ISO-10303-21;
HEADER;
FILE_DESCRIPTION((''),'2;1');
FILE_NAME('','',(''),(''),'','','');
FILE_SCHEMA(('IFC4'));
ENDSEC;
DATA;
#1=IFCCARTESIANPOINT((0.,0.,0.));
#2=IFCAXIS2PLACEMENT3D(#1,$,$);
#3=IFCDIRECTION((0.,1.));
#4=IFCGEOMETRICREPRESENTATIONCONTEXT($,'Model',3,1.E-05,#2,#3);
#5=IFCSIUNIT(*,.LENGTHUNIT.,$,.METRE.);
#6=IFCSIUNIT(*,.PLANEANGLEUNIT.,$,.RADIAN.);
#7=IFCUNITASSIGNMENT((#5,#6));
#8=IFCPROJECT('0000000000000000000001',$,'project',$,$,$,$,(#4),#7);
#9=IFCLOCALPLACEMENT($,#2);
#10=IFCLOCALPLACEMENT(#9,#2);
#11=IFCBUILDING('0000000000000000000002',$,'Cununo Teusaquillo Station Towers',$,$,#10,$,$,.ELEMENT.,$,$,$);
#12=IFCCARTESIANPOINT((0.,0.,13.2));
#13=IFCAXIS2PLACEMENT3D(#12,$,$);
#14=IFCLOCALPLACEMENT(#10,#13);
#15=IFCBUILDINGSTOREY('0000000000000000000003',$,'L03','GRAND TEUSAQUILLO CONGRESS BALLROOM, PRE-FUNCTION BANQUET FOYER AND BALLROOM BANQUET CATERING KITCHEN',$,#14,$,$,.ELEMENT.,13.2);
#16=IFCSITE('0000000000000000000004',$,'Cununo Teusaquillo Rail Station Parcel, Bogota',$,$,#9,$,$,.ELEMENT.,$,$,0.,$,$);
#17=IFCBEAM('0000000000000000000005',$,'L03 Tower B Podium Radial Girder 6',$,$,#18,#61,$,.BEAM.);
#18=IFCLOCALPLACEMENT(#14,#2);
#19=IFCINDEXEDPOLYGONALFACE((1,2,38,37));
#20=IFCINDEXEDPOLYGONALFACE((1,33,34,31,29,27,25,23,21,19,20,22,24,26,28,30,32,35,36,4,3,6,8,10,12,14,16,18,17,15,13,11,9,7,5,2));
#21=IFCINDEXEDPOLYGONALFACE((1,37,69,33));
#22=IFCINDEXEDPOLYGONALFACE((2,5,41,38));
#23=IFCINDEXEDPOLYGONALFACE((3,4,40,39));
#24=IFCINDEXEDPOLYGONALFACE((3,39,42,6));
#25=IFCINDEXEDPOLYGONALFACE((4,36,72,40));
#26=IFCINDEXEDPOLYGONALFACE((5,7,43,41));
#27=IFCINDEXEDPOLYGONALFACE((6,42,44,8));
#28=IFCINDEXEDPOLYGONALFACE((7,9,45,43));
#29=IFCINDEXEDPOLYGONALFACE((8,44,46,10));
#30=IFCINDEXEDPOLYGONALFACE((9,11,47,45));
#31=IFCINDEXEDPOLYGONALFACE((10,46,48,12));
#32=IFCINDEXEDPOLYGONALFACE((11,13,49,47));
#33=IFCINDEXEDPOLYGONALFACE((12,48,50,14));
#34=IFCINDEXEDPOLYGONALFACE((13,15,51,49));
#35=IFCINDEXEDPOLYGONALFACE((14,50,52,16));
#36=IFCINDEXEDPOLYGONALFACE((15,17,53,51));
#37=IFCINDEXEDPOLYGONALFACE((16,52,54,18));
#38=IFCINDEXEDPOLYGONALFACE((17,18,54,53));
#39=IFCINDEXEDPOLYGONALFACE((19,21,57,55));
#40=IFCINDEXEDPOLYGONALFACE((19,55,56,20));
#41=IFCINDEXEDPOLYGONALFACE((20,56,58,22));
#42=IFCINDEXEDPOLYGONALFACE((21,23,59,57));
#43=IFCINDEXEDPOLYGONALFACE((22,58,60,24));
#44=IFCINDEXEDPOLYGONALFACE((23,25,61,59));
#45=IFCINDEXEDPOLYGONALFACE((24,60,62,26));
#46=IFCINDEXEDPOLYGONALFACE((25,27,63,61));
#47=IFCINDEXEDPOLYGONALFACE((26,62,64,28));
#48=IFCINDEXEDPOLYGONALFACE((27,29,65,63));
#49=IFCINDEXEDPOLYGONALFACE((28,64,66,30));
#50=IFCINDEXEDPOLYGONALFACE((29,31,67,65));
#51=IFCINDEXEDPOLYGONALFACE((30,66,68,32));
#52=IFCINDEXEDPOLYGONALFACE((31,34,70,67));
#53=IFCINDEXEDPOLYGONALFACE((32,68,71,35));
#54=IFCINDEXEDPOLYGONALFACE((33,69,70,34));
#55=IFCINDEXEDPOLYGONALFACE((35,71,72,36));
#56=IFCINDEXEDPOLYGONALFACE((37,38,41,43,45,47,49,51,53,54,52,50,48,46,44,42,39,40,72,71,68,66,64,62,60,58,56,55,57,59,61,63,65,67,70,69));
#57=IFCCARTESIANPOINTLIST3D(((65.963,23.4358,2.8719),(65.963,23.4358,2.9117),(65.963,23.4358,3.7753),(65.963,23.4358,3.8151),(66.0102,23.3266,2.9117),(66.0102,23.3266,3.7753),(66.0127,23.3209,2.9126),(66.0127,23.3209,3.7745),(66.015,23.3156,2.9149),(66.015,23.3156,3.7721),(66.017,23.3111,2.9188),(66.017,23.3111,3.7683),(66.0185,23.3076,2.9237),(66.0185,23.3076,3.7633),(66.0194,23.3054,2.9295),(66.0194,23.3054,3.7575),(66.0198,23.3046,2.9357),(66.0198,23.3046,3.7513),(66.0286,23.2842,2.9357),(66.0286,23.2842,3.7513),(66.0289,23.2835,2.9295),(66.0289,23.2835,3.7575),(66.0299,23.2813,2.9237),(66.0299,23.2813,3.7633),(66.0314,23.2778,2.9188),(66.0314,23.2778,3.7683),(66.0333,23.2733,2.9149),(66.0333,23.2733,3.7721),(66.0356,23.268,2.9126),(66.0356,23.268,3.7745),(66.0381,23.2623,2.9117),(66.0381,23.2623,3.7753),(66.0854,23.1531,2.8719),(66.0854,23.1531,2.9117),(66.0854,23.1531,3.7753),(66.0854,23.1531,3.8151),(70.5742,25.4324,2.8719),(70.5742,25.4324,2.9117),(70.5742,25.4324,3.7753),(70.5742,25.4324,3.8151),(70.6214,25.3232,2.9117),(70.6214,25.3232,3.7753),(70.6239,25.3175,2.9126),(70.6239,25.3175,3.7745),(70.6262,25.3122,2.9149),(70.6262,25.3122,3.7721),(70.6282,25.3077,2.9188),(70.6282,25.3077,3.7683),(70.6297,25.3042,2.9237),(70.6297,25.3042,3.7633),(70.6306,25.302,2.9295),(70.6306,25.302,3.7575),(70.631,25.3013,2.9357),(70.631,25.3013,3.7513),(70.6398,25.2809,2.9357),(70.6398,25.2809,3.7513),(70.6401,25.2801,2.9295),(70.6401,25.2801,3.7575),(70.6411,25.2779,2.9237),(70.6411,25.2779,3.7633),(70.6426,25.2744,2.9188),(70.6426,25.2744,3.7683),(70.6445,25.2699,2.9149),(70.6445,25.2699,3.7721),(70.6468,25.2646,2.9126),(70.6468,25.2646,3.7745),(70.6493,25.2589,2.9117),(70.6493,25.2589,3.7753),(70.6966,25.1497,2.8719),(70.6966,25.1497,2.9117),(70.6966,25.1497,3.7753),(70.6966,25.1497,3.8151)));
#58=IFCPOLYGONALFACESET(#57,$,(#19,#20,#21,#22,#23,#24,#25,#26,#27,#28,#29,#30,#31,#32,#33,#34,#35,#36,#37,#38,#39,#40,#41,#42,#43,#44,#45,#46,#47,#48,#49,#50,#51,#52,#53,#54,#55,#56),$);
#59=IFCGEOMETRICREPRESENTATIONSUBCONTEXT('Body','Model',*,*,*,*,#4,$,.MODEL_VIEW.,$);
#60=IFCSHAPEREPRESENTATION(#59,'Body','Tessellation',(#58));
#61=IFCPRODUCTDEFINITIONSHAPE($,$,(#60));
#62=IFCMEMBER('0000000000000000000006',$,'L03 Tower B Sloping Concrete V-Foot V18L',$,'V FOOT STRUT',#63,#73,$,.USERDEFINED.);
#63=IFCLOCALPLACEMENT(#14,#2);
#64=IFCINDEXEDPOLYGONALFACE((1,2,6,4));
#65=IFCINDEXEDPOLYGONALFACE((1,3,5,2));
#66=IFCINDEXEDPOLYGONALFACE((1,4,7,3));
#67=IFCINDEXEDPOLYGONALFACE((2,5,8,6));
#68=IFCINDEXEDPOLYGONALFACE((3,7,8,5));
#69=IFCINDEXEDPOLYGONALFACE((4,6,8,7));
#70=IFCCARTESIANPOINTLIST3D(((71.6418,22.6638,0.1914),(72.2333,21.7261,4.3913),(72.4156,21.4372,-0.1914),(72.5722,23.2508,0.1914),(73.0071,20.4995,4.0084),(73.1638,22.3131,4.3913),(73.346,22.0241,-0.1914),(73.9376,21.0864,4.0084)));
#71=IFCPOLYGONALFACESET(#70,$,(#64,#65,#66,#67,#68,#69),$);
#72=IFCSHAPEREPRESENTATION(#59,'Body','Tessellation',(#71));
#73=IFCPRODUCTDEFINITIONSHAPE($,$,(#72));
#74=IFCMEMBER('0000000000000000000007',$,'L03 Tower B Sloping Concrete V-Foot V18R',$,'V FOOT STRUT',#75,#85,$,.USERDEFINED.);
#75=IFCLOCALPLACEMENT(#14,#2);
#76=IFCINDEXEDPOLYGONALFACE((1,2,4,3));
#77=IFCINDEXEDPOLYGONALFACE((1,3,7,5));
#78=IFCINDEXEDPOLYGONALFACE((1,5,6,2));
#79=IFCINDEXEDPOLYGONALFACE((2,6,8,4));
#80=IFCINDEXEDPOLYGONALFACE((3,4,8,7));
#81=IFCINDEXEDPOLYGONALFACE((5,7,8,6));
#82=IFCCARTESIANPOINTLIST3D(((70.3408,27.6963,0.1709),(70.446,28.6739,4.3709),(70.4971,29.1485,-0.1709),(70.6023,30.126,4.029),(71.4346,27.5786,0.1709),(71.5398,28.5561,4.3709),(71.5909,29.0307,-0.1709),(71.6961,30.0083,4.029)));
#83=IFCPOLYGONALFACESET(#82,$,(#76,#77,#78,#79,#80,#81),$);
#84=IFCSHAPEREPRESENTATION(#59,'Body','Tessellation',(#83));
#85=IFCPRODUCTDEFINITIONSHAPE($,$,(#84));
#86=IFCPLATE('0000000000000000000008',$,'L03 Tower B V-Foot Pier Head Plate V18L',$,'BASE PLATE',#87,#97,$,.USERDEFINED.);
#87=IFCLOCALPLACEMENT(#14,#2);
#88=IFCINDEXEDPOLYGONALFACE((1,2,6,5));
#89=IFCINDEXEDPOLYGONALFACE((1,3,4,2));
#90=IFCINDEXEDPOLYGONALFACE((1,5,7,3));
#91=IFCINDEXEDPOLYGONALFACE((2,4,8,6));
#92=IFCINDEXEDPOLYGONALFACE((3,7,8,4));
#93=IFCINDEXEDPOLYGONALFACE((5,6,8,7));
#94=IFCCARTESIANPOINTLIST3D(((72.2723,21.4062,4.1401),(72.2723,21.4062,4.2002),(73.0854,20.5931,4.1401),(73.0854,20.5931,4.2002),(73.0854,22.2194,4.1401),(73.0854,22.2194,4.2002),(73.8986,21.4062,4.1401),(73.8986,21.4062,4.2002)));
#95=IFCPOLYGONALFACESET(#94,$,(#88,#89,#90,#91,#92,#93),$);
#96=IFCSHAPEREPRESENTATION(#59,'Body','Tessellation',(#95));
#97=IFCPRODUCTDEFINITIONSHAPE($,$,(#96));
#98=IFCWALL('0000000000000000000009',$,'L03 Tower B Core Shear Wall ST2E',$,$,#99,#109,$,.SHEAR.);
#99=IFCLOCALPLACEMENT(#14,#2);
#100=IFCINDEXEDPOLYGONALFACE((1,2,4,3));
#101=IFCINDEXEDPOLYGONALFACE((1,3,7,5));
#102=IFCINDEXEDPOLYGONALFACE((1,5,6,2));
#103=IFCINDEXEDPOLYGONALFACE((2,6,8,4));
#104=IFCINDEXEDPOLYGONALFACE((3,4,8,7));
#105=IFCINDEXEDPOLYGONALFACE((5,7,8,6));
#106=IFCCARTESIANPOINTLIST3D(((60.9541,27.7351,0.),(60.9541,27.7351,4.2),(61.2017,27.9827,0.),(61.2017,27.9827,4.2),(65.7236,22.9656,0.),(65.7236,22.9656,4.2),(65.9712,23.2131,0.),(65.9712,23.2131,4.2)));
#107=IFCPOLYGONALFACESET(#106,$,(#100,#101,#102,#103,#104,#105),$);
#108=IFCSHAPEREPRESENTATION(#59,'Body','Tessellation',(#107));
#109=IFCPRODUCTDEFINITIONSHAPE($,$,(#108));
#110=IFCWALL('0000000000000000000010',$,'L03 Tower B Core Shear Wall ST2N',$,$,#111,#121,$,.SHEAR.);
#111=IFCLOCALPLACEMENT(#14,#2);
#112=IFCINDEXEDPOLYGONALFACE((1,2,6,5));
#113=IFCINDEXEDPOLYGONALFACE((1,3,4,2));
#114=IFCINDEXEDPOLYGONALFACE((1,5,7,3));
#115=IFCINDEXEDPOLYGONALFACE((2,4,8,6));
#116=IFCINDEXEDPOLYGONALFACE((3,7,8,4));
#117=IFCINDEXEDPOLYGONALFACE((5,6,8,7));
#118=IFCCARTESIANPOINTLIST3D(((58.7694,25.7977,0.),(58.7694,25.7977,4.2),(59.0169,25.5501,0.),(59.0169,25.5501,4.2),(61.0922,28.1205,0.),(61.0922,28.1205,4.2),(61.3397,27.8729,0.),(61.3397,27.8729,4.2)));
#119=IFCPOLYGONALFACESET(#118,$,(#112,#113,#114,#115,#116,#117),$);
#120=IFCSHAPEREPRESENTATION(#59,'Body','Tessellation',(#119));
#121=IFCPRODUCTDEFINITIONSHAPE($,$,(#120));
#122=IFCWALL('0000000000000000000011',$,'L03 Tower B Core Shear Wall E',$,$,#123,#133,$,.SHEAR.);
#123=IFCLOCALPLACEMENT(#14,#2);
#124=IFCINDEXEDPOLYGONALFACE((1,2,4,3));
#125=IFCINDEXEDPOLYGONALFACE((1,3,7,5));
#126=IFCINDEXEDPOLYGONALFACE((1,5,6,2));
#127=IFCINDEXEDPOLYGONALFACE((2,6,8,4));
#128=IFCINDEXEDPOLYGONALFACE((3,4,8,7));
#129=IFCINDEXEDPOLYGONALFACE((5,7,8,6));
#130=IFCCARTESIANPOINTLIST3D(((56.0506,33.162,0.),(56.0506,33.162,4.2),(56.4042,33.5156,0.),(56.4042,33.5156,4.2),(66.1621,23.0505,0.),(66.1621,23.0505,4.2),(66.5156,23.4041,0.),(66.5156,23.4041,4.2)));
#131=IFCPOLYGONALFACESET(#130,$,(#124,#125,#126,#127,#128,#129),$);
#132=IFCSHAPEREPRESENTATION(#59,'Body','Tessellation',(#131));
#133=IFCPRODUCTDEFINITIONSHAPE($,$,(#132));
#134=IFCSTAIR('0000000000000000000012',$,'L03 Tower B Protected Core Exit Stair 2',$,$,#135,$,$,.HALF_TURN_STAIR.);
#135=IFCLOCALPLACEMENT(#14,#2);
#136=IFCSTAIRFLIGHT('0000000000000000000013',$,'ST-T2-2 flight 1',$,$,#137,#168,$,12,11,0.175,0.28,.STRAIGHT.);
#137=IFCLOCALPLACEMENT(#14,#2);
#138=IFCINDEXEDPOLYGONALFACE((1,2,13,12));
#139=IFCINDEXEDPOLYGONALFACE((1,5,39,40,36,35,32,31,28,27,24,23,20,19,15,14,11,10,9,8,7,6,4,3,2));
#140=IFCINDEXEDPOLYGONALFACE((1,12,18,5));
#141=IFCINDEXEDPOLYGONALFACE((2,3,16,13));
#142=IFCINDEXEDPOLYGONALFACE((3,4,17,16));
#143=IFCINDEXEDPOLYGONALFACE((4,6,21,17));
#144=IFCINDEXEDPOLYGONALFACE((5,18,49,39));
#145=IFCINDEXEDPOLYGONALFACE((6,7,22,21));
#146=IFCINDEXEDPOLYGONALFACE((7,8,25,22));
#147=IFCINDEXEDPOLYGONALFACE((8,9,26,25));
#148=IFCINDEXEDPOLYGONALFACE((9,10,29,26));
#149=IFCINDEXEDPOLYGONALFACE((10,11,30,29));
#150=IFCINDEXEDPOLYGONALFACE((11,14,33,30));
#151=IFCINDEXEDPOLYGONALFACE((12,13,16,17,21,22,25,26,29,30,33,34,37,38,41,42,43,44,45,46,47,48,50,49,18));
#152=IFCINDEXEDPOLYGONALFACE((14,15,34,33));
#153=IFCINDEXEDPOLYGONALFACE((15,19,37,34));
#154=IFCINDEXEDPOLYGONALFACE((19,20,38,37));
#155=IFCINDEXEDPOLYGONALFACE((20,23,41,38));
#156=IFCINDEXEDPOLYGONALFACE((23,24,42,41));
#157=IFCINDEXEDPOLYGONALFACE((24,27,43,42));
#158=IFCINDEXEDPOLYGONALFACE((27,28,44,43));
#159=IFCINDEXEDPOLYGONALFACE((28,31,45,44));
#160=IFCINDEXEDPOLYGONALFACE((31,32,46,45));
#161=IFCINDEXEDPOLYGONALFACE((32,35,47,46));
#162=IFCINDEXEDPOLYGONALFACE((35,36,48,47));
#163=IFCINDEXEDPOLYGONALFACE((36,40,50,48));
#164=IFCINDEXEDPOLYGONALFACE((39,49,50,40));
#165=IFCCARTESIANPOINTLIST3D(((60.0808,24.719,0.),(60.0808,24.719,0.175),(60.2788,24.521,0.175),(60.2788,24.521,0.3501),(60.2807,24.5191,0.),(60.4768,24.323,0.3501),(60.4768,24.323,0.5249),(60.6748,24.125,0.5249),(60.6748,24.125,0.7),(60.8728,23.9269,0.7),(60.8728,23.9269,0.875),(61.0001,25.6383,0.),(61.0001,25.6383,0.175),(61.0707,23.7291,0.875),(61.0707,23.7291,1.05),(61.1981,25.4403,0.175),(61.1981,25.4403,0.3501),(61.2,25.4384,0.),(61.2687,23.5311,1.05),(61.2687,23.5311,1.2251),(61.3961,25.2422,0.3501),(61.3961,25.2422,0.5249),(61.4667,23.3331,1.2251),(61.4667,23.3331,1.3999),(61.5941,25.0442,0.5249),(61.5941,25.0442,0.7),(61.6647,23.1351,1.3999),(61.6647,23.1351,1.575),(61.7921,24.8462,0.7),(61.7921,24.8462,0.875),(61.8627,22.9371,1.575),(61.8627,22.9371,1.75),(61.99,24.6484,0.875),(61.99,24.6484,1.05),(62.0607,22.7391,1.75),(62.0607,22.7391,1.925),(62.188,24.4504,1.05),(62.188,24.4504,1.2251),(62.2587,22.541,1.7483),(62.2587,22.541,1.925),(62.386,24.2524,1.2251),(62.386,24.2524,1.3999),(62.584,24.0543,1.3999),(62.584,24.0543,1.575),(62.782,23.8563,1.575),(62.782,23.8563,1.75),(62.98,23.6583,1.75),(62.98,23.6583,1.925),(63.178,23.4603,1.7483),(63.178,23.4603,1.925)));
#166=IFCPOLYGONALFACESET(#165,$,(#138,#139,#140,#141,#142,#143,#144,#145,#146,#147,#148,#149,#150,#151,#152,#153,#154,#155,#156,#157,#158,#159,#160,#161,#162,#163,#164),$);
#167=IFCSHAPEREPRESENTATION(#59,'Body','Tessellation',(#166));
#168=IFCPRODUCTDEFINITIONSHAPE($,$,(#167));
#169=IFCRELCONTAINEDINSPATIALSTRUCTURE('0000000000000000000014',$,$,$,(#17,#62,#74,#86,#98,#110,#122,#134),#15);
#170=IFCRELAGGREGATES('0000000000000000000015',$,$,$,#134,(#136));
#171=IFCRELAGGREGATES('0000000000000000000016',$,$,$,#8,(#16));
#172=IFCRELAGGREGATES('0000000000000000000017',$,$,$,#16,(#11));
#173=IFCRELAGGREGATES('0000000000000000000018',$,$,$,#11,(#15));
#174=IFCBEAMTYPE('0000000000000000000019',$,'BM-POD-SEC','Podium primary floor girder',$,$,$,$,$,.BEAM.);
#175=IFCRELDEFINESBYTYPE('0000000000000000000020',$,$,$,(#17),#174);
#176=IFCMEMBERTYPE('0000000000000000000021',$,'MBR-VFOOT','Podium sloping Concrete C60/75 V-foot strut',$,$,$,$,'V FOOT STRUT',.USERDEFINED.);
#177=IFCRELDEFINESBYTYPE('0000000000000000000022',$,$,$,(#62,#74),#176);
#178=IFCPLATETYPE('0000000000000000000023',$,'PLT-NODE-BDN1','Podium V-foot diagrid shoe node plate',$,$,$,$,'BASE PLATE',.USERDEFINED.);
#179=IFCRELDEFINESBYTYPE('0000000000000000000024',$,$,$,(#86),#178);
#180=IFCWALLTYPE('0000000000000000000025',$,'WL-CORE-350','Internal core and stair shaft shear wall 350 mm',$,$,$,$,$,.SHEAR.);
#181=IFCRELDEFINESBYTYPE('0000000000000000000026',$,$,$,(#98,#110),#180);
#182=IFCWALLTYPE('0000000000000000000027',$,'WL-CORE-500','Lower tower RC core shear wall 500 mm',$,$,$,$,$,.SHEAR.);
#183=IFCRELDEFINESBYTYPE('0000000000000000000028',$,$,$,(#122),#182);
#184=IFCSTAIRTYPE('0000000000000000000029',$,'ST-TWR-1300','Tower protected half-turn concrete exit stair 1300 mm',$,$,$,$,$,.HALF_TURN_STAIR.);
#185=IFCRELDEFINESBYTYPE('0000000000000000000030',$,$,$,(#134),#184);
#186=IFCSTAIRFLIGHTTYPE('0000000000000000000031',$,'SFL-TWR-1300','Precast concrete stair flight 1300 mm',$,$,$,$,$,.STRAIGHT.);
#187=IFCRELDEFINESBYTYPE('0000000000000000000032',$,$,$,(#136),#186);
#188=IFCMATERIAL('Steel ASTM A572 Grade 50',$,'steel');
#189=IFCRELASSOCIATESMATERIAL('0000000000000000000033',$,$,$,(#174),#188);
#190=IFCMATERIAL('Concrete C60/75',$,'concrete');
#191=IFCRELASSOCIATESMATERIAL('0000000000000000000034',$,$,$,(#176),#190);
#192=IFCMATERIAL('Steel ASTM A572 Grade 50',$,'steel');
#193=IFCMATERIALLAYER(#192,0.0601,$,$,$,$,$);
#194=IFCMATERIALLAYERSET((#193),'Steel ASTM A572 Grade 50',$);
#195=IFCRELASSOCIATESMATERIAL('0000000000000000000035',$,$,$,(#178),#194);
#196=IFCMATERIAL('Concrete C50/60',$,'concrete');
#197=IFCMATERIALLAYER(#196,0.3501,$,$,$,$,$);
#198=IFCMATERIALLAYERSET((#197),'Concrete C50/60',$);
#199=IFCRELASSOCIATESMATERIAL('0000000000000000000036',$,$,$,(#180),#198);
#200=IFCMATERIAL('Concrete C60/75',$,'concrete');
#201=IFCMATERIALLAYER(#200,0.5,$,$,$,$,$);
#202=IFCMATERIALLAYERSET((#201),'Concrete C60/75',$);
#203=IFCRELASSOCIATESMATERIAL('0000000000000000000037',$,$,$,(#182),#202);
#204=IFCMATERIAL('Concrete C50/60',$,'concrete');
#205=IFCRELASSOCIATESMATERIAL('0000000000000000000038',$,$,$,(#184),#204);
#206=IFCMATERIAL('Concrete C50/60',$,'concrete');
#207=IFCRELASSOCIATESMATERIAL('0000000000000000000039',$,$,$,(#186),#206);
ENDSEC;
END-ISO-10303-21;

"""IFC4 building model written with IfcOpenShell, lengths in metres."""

from ifc_helpers import new_model, si_unit, direction, frame, frame_2d, origin, origin_2d, place, context, subcontext, project, spatial, polyline, rectangle, i_section, outline, extrude, source, transform, mapped, material, layer, layer_set, material_profile, profile_set, type_object, element, aggregate, save


model = new_model("IFC4")

# Units and contexts
model_context = context("Model", 3, precision=1e-05, world=origin(), true_north=direction((0.0, 1.0)))
body_context = subcontext(model_context, "Body", "Model", "MODEL_VIEW")
ifc_project = project(units=[si_unit("LENGTHUNIT", "METRE"), si_unit("PLANEANGLEUNIT", "RADIAN")], contexts=[model_context])

# Site, building, storey
site_placement = place(None, origin())
site = spatial("IfcSite", under=ifc_project, at=site_placement, Name="Cununo Teusaquillo Rail Station Parcel, Bogota", CompositionType="ELEMENT", RefElevation=0.0)
building_placement = place(site_placement, origin())
building = spatial("IfcBuilding", under=site, at=building_placement, Name="Cununo Teusaquillo Station Towers", CompositionType="ELEMENT")
storey_placement = place(building_placement, frame((0.0, 0.0, 13.2)))
storey = spatial("IfcBuildingStorey", under=building, at=storey_placement, Name="L03", Description="GRAND TEUSAQUILLO CONGRESS BALLROOM, PRE-FUNCTION BANQUET FOYER AND BALLROOM BANQUET CATERING KITCHEN", CompositionType="ELEMENT", Elevation=13.2)

# Beam
ifc_material_1 = material(Name="Steel ASTM A572 Grade 50", Category="steel")
ifc_material_profile_1 = material_profile(ifc_material_1, i_section(OverallWidth=0.3081, OverallDepth=0.9431, WebThickness=0.0222, FlangeThickness=0.0398, FilletRadius=0.0239, at=origin_2d()), Name="W36X232")
ifc_profile_set_1 = profile_set([ifc_material_profile_1], Name="Steel ASTM A572 Grade 50")
beam_type_1 = type_object("IfcBeamType", Name="BM-POD-SEC", Description="Podium primary floor girder", PredefinedType="BEAM", material=ifc_profile_set_1)
beam_1_placement = place(storey_placement, frame((66.0242, 23.2944, 3.3435), z_axis=(0.917668, 0.397347, 0.0), x_axis=(-0.397347, 0.917668, 0.0)))
element("IfcBeam", 1, at=beam_1_placement, inside=storey, type_object=beam_type_1, Name="L03 Tower B Podium Radial Girder 6", PredefinedType="BEAM", context=body_context, shape_type="SweptSolid", body=[
    extrude(i_section(OverallWidth=0.3081, OverallDepth=0.9431, WebThickness=0.0222, FlangeThickness=0.0398, FilletRadius=0.0239, at=origin_2d()), origin(), (0.0, 0.0, 1.0), 5.0249),
])

# Members
ifc_material_2 = material(Name="Concrete C60/75", Category="concrete")
ifc_material_profile_2 = material_profile(ifc_material_2, rectangle(XDim=1.1001, YDim=1.5, at=origin_2d()), Name="RC-RECT-1500x1100")
ifc_profile_set_2 = profile_set([ifc_material_profile_2], Name="Concrete C60/75")
member_type = type_object("IfcMemberType", Name="MBR-VFOOT", Description="Podium sloping Concrete C60/75 V-foot strut", ElementType="V FOOT STRUT", PredefinedType="USERDEFINED", material=ifc_profile_set_2)
member_1_placement = place(storey_placement, frame((72.4939, 22.344, 0.0), z_axis=(0.136182, -0.215879, 0.966877), x_axis=(0.845777, 0.533537, 0.0)))
element("IfcMember", 2, at=member_1_placement, inside=storey, type_object=member_type, Name="L03 Tower B Sloping Concrete V-Foot V18L", ObjectType="V FOOT STRUT", PredefinedType="USERDEFINED", context=body_context, shape_type="SweptSolid", body=[
    extrude(rectangle(XDim=1.1001, YDim=1.5, at=origin_2d()), origin(), (0.0, 0.0, 1.0), 4.3438),
])
member_2_placement = place(storey_placement, frame((70.9658, 28.3635, 0.0), z_axis=(0.024394, 0.226623, 0.973677), x_axis=(-0.994256, 0.107024, 0.0)))
element("IfcMember", 3, at=member_2_placement, inside=storey, type_object=member_type, Name="L03 Tower B Sloping Concrete V-Foot V18R", ObjectType="V FOOT STRUT", PredefinedType="USERDEFINED", context=body_context, shape_type="SweptSolid", body=[
    extrude(rectangle(XDim=1.1001, YDim=1.5, at=origin_2d()), origin(), (0.0, 0.0, 1.0), 4.3135),
])

# Plate
ifc_material_3 = material(Name="Steel ASTM A572 Grade 50", Category="steel")
ifc_layer_1 = layer(ifc_material_3, 0.0601)
ifc_layer_set_1 = layer_set([ifc_layer_1], Name="Steel ASTM A572 Grade 50")
plate_type = type_object("IfcPlateType", Name="PLT-NODE-BDN1", Description="Podium V-foot diagrid shoe node plate", ElementType="BASE PLATE", PredefinedType="USERDEFINED", material=ifc_layer_set_1)
shared_shape = source(origin(), body_context, "Body", "SweptSolid", [
    extrude(rectangle(XDim=1.1499, YDim=1.1499, at=origin_2d()), origin(), (0.0, 0.0, 1.0), 0.0601),
])
plate_placement = place(storey_placement, frame((73.0854, 21.4062, 4.1401), z_axis=(0.0, 0.0, 1.0), x_axis=(0.707107, 0.707107, 0.0)))
element("IfcPlate", 4, at=plate_placement, inside=storey, type_object=plate_type, Name="L03 Tower B V-Foot Pier Head Plate V18L", ObjectType="BASE PLATE", PredefinedType="USERDEFINED", context=body_context, shape_type="MappedRepresentation", body=[
    mapped(shared_shape, transform((0.0, 0.0, 0.0), x_axis=(1.0, 0.0, 0.0), y_axis=(0.0, 1.0, 0.0), z_axis=(0.0, 0.0, 1.0), scale=1.0)),
])

# Walls
ifc_material_4 = material(Name="Concrete C50/60", Category="concrete")
ifc_layer_2 = layer(ifc_material_4, 0.3501)
ifc_layer_set_2 = layer_set([ifc_layer_2], Name="Concrete C50/60")
wall_type_1 = type_object("IfcWallType", Name="WL-CORE-350", Description="Internal core and stair shaft shear wall 350 mm", PredefinedType="SHEAR", material=ifc_layer_set_2)
wall_1_placement = place(storey_placement, frame((65.8474, 23.0894, 0.0), z_axis=(0.0, 0.0, 1.0), x_axis=(-0.707107, 0.707107, 0.0)))
element("IfcWall", 5, at=wall_1_placement, inside=storey, type_object=wall_type_1, Name="L03 Tower B Core Shear Wall ST2E", PredefinedType="SHEAR", context=body_context, shape_type="SweptSolid", body=[
    extrude(rectangle(XDim=6.7451, YDim=0.3501, at=frame_2d((3.3726, 0.0))), origin(), (0.0, 0.0, 1.0), 4.2),
])
wall_2_placement = place(storey_placement, frame((58.8931, 25.6738, 0.0), z_axis=(0.0, 0.0, 1.0), x_axis=(0.707107, 0.707107, 0.0)))
element("IfcWall", 6, at=wall_2_placement, inside=storey, type_object=wall_type_1, Name="L03 Tower B Core Shear Wall ST2N", PredefinedType="SHEAR", context=body_context, shape_type="SweptSolid", body=[
    extrude(rectangle(XDim=3.2849, YDim=0.3501, at=frame_2d((1.6426, 0.0))), origin(), (0.0, 0.0, 1.0), 4.2),
])
ifc_material_5 = material(Name="Concrete C60/75", Category="concrete")
ifc_layer_3 = layer(ifc_material_5, 0.5)
ifc_layer_set_3 = layer_set([ifc_layer_3], Name="Concrete C60/75")
wall_type_2 = type_object("IfcWallType", Name="WL-CORE-500", Description="Lower tower RC core shear wall 500 mm", PredefinedType="SHEAR", material=ifc_layer_set_3)
wall_3_placement = place(storey_placement, frame((66.3389, 23.2273, 0.0), z_axis=(0.0, 0.0, 1.0), x_axis=(-0.707107, 0.707107, 0.0)))
element("IfcWall", 7, at=wall_3_placement, inside=storey, type_object=wall_type_2, Name="L03 Tower B Core Shear Wall E", PredefinedType="SHEAR", context=body_context, shape_type="SweptSolid", body=[
    extrude(rectangle(XDim=14.2998, YDim=0.5, at=frame_2d((7.1499, 0.0))), origin(), (0.0, 0.0, 1.0), 4.2),
])

# Stair, stair flight
ifc_material_6 = material(Name="Concrete C50/60", Category="concrete")
stair_type = type_object("IfcStairType", Name="ST-TWR-1300", Description="Tower protected half-turn concrete exit stair 1300 mm", PredefinedType="HALF_TURN_STAIR", material=ifc_material_6)
stair_placement = place(storey_placement, origin())
stair = element("IfcStair", 8, at=stair_placement, inside=storey, type_object=stair_type, Name="L03 Tower B Protected Core Exit Stair 2", PredefinedType="HALF_TURN_STAIR")
ifc_material_7 = material(Name="Concrete C50/60", Category="concrete")
stair_flight_type = type_object("IfcStairFlightType", Name="SFL-TWR-1300", Description="Precast concrete stair flight 1300 mm", PredefinedType="STRAIGHT", material=ifc_material_7)
stair_flight_1_placement = place(storey_placement, frame((60.5405, 25.1787, 0.0), z_axis=(0.0, 0.0, 1.0), x_axis=(0.707107, -0.707107, 0.0)))
stair_flight_1 = element("IfcStairFlight", 9, at=stair_flight_1_placement, type_object=stair_flight_type, Name="ST-T2-2 flight 1", NumberOfRisers=12, NumberOfTreads=11, PredefinedType="STRAIGHT", RiserHeight=0.175, TreadLength=0.28, context=body_context, shape_type="SweptSolid", body=[
    extrude(outline(polyline([(0.0, 0.0), (0.0, 0.175), (0.28, 0.175), (0.28, 0.3501), (0.5601, 0.3501), (0.5601, 0.5249), (0.8401, 0.5249), (0.8401, 0.7), (1.1201, 0.7), (1.1201, 0.875), (1.3999, 0.875), (1.3999, 1.05), (1.6799, 1.05), (1.6799, 1.2251), (1.96, 1.2251), (1.96, 1.3999), (2.24, 1.3999), (2.24, 1.575), (2.52, 1.575), (2.52, 1.75), (2.8, 1.75), (2.8, 1.925), (3.0801, 1.925), (3.0801, 2.1001), (3.0801, 1.7483), (0.2827, 0.0), (0.0, 0.0)])), frame((0.0, 0.6499, 0.0), z_axis=(0.0, -1.0, 0.0), x_axis=(1.0, 0.0, 0.0)), (0.0, 0.0, 1.0), 1.3),
])
aggregate(stair, [stair_flight_1])

save(model, "model.ifc")
